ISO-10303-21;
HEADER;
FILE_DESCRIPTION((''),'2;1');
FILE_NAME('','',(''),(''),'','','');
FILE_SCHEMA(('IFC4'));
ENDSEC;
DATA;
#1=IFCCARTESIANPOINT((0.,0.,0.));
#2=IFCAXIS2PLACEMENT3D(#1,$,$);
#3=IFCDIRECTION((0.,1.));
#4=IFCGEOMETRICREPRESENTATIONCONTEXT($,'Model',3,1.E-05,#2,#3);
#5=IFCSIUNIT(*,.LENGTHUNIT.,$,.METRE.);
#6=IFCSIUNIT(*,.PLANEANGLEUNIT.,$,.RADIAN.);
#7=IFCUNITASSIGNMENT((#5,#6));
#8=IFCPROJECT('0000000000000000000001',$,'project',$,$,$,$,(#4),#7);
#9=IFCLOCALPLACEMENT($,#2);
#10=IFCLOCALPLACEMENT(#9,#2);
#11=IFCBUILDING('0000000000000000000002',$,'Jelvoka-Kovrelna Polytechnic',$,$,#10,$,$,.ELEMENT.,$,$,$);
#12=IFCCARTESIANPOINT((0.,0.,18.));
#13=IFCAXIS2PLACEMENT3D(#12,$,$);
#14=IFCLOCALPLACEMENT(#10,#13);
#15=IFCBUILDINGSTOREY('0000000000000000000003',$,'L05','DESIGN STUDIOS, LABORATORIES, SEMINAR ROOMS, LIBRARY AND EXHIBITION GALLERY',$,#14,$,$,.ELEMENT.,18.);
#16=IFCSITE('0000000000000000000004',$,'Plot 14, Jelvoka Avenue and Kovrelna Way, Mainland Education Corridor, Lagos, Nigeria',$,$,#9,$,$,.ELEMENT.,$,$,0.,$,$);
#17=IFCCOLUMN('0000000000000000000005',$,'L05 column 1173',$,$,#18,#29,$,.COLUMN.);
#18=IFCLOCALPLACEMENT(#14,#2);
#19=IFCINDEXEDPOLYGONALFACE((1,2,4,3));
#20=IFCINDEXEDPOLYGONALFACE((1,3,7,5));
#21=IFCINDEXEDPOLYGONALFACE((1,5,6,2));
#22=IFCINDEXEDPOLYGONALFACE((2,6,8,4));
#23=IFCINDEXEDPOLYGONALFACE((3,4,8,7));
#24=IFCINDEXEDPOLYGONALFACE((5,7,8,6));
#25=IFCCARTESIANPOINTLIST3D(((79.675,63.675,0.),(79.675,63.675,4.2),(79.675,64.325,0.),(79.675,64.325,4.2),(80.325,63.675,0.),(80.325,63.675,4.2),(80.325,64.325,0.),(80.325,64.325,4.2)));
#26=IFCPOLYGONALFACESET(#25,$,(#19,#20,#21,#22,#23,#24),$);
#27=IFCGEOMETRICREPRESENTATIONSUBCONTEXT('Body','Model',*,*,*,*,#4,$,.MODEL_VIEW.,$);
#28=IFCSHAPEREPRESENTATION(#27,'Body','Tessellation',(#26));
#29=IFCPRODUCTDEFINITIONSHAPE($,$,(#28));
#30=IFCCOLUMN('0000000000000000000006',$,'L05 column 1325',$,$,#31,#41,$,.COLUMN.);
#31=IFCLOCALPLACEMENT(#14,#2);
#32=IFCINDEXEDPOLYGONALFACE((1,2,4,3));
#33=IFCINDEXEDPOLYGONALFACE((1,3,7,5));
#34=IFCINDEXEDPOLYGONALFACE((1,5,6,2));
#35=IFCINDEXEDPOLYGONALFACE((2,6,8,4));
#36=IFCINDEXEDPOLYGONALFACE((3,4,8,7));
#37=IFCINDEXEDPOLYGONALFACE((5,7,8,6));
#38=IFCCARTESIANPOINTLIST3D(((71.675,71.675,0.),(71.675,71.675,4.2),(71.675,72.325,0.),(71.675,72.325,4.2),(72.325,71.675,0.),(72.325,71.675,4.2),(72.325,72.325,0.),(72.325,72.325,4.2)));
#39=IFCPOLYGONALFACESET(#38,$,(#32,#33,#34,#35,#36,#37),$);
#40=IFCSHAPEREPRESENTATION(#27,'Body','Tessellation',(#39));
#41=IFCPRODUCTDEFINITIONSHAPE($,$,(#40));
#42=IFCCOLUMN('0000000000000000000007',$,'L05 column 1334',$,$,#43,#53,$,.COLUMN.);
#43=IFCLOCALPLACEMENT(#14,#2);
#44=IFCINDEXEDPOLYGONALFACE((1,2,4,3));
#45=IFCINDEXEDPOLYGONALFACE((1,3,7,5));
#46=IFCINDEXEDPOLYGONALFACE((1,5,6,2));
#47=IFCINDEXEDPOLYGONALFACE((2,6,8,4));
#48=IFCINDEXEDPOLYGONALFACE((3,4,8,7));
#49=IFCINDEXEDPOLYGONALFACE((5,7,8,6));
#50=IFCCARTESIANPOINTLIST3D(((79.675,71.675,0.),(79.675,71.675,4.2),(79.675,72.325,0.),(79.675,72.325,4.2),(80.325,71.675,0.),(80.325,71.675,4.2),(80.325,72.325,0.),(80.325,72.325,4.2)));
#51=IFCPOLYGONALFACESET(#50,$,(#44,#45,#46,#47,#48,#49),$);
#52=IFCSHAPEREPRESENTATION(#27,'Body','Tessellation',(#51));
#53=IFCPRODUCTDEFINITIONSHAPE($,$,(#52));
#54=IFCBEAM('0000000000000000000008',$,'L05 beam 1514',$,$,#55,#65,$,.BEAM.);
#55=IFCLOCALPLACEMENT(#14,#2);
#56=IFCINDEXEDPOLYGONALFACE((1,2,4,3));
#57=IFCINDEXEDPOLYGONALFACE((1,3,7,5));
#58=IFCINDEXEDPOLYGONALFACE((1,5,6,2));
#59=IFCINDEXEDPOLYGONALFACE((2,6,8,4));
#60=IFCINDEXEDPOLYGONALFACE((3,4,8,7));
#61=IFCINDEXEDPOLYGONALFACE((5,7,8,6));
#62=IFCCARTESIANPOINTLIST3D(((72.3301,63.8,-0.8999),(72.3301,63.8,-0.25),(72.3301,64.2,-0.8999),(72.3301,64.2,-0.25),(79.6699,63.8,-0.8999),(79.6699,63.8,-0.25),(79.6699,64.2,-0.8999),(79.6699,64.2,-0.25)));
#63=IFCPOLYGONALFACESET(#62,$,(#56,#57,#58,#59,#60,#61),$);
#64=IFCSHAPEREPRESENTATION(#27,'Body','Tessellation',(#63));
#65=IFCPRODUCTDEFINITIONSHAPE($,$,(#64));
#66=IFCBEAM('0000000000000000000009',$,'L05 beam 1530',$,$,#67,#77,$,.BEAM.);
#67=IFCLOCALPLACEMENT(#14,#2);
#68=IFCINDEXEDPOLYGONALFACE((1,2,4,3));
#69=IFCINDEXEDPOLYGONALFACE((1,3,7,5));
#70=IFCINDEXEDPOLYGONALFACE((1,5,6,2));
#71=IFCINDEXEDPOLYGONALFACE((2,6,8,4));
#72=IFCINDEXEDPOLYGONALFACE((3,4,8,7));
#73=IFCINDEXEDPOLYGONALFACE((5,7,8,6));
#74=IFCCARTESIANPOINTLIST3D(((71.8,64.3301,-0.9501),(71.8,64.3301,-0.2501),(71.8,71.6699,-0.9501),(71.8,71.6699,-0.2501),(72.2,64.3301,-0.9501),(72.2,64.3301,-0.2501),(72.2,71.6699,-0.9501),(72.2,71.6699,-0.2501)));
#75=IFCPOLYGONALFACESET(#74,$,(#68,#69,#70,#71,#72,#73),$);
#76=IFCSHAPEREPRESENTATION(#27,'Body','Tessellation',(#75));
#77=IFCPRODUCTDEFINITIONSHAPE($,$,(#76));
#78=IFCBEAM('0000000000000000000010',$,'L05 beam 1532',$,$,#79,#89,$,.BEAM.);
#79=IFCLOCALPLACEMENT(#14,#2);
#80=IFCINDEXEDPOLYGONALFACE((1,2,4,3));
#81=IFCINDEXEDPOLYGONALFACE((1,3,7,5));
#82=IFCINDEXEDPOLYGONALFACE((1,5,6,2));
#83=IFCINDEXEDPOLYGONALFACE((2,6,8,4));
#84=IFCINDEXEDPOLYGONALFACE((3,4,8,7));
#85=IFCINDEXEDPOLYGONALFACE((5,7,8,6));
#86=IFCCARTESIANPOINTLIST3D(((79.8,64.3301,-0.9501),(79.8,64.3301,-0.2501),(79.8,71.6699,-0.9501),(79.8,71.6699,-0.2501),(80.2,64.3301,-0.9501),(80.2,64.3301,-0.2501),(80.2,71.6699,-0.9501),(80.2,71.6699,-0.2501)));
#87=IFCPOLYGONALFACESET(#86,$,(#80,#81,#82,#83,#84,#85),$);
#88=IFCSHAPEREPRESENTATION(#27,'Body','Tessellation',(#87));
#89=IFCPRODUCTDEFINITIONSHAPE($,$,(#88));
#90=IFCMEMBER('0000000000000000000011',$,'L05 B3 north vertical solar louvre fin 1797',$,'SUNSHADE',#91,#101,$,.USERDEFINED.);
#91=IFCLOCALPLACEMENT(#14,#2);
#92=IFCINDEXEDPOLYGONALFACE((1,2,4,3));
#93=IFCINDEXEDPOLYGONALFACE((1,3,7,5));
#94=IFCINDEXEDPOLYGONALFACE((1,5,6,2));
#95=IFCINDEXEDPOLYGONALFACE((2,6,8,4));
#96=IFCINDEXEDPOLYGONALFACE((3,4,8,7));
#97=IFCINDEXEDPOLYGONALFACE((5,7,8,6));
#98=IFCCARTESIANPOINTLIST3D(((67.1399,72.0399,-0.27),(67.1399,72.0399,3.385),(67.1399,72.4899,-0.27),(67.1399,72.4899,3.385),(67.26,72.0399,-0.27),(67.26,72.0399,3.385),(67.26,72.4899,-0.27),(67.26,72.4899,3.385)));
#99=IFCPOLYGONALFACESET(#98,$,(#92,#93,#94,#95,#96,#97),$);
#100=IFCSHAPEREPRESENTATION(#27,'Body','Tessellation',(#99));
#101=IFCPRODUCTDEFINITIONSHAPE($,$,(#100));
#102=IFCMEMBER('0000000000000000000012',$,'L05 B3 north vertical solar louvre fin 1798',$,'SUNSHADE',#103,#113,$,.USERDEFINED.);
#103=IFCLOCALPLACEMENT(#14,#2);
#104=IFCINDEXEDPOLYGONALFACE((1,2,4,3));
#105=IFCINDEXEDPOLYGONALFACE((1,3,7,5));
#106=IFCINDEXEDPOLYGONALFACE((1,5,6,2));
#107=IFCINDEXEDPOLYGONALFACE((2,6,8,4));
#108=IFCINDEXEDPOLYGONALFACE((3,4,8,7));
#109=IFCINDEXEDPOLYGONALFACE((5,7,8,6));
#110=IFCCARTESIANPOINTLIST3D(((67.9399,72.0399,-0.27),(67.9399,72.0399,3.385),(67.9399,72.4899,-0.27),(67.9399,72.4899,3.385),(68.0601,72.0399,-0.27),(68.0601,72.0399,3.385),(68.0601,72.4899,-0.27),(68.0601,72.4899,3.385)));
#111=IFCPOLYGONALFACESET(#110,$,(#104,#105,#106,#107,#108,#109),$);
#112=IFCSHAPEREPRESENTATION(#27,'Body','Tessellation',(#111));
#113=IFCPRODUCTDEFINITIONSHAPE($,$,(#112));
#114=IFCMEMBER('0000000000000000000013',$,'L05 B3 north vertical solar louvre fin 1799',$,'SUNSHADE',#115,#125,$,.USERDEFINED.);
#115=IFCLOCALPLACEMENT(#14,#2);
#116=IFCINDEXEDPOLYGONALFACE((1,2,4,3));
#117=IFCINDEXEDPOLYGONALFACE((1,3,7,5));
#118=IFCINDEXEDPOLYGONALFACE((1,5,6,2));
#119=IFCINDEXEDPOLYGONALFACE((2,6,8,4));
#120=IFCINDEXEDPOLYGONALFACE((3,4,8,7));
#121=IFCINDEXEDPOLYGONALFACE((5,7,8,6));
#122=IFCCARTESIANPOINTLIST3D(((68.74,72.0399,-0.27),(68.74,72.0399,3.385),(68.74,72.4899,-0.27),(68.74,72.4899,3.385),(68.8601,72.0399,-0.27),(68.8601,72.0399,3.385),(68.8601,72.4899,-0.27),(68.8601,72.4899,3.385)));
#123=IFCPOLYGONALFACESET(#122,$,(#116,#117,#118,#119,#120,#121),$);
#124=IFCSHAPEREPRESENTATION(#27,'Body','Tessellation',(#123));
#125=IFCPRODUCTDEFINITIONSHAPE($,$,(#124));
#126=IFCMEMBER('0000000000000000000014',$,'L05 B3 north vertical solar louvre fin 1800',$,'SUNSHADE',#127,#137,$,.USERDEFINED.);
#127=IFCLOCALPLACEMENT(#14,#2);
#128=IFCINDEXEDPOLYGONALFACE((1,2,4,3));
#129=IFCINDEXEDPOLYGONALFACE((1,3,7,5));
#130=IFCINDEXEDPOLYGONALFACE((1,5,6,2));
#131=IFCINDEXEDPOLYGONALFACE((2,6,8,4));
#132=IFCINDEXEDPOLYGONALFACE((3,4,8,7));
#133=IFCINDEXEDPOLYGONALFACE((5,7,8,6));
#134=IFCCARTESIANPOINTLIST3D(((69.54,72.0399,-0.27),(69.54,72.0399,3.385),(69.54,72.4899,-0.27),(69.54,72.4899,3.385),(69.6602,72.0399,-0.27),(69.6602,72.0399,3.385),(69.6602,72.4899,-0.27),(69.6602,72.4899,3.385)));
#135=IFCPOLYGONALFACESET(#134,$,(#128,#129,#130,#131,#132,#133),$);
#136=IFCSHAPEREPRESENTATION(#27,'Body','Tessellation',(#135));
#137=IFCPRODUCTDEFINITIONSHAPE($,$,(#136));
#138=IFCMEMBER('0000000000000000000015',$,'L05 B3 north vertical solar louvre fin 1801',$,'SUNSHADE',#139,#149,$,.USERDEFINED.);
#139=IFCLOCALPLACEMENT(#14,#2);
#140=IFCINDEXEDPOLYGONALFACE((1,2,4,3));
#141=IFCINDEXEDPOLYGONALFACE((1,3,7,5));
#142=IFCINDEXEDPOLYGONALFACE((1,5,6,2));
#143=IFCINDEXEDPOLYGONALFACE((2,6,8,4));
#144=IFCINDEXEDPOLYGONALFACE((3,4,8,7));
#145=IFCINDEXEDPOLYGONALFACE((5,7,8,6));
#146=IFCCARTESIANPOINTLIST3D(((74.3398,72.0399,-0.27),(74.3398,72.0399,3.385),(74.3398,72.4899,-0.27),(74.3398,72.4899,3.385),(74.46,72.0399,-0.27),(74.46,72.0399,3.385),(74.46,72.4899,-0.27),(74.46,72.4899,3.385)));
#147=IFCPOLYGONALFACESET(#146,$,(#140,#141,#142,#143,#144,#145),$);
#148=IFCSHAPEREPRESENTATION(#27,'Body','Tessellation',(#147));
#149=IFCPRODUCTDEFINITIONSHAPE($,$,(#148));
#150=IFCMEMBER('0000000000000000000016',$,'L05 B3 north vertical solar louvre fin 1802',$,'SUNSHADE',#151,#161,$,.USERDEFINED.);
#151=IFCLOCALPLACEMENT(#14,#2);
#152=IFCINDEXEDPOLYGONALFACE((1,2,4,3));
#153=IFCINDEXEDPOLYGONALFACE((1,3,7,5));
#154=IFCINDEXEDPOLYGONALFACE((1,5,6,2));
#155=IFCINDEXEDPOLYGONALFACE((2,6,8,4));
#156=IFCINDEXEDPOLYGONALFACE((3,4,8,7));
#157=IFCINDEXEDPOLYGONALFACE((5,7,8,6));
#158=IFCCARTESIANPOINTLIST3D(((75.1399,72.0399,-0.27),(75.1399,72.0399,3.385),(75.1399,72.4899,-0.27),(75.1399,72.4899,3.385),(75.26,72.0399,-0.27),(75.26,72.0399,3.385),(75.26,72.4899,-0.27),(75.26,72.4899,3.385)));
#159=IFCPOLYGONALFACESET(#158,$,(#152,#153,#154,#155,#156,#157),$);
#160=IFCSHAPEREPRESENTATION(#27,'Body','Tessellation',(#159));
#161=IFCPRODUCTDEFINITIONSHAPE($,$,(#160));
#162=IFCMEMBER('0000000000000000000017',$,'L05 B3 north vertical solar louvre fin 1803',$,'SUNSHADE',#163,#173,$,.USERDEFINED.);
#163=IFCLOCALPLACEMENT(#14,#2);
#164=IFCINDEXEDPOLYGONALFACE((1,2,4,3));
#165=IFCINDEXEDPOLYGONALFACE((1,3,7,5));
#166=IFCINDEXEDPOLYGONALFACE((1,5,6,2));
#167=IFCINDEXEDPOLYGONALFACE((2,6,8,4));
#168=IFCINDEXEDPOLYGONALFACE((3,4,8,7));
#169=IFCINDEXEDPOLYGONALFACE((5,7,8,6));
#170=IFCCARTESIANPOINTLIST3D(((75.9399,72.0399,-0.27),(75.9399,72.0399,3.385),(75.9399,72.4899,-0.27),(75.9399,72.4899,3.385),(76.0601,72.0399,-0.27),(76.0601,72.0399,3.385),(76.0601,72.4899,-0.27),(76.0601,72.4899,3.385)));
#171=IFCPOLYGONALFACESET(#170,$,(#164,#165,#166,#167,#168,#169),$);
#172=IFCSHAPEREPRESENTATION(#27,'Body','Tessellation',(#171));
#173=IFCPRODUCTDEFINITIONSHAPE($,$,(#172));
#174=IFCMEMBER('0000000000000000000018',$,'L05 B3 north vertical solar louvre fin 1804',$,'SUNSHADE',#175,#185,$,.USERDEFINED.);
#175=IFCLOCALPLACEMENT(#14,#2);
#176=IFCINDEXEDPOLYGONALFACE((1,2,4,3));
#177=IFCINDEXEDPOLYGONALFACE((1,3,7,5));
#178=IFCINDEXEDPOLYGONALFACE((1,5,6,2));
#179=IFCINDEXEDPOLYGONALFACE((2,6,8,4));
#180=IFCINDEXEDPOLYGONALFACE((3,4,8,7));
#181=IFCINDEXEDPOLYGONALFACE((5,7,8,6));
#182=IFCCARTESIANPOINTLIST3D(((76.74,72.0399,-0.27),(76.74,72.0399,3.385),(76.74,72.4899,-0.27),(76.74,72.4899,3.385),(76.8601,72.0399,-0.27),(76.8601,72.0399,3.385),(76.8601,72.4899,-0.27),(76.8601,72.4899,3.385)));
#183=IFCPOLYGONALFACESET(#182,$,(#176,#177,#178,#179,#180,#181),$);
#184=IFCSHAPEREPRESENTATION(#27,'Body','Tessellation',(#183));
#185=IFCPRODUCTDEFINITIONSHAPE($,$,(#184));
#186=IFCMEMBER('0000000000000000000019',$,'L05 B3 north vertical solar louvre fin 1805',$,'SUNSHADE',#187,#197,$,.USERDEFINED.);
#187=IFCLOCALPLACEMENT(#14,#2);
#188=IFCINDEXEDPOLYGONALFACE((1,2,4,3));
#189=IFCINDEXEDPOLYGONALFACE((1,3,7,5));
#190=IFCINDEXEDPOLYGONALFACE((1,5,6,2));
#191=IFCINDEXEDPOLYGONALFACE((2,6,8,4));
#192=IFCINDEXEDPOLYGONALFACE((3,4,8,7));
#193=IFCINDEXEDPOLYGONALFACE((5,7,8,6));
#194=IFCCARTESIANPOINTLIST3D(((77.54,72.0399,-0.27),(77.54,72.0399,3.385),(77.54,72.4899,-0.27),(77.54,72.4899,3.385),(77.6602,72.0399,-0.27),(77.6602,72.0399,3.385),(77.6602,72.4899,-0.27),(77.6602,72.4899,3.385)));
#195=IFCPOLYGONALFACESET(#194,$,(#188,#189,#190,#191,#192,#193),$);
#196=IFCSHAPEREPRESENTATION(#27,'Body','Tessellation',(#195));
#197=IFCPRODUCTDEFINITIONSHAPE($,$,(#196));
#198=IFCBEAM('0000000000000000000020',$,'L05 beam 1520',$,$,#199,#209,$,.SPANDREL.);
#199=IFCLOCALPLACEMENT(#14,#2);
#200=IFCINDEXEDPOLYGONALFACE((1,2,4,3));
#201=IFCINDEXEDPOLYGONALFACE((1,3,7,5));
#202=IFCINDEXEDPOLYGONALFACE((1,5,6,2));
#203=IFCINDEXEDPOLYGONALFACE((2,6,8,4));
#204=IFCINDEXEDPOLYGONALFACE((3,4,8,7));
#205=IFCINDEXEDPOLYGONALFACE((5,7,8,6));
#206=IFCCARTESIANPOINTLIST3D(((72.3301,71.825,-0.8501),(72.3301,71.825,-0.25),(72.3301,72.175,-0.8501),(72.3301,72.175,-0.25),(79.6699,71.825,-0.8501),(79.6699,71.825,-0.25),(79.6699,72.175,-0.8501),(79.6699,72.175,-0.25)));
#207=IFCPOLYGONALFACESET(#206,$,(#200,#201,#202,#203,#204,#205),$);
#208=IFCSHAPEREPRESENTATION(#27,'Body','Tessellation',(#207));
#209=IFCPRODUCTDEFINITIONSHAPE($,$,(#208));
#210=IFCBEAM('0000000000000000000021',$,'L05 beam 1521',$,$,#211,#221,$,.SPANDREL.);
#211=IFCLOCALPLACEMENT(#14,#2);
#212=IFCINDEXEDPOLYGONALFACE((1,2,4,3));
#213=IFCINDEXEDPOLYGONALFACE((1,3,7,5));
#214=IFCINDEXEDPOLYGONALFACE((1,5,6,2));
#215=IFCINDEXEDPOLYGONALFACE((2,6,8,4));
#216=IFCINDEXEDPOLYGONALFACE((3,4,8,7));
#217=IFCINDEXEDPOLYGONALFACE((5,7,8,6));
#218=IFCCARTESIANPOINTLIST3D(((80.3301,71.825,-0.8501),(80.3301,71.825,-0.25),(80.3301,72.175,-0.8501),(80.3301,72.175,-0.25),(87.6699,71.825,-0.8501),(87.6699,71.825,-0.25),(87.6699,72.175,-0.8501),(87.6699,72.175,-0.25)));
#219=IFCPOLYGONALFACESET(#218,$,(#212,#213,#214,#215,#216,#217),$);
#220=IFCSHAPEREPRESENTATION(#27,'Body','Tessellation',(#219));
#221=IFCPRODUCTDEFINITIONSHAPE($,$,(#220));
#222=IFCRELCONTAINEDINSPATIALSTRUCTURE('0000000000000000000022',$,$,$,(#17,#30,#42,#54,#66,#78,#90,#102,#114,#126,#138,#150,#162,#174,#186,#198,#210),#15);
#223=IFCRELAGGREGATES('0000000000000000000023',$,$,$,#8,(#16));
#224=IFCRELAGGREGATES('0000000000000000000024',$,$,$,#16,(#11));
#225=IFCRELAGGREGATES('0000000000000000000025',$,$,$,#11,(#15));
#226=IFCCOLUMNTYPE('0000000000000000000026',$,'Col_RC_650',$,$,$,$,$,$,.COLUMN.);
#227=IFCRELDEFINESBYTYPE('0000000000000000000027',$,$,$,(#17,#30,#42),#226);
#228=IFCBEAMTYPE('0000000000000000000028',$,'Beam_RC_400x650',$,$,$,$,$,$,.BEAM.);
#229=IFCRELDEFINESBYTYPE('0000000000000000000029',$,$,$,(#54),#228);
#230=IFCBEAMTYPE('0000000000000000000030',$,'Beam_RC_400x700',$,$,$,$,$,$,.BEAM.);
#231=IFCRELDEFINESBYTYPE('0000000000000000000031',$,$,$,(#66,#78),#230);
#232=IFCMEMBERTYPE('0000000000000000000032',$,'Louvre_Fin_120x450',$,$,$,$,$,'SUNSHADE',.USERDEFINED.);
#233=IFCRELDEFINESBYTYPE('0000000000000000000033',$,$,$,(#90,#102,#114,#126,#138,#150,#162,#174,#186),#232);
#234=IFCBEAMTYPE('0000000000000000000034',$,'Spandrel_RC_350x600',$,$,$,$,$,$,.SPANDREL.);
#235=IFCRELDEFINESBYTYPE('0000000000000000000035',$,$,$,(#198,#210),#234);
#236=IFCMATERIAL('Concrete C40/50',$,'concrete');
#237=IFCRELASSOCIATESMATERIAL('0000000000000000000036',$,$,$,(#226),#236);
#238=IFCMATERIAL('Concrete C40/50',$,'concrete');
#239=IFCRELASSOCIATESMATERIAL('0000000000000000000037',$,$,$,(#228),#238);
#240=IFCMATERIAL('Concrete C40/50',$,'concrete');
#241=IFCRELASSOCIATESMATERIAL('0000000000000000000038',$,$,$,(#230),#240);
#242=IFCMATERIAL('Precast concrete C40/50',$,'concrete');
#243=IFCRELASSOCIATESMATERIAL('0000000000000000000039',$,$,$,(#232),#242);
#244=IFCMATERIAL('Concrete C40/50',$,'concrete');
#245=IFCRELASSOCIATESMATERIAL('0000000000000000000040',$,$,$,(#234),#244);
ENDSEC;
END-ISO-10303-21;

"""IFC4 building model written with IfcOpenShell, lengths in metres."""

from ifc_helpers import new_model, si_unit, direction, frame, origin, origin_2d, place, context, subcontext, project, spatial, rectangle, extrude, material, material_profile, profile_set, type_object, element, save


model = new_model("IFC4")

# Units and contexts
model_context = context("Model", 3, precision=1e-05, world=origin(), true_north=direction((0.0, 1.0)))
body_context = subcontext(model_context, "Body", "Model", "MODEL_VIEW")
ifc_project = project(units=[si_unit("LENGTHUNIT", "METRE"), si_unit("PLANEANGLEUNIT", "RADIAN")], contexts=[model_context])

# Site, building, storey
site_placement = place(None, origin())
site = spatial("IfcSite", under=ifc_project, at=site_placement, Name="Plot 14, Jelvoka Avenue and Kovrelna Way, Mainland Education Corridor, Lagos, Nigeria", CompositionType="ELEMENT", RefElevation=0.0)
building_placement = place(site_placement, origin())
building = spatial("IfcBuilding", under=site, at=building_placement, Name="Jelvoka-Kovrelna Polytechnic", CompositionType="ELEMENT")
storey_placement = place(building_placement, frame((0.0, 0.0, 18.0)))
storey = spatial("IfcBuildingStorey", under=building, at=storey_placement, Name="L05", Description="DESIGN STUDIOS, LABORATORIES, SEMINAR ROOMS, LIBRARY AND EXHIBITION GALLERY", CompositionType="ELEMENT", Elevation=18.0)

# Columns
ifc_material_1 = material(Name="Concrete C40/50", Category="concrete")
ifc_material_profile_1 = material_profile(ifc_material_1, rectangle(XDim=0.6499, YDim=0.6499, at=origin_2d()), Name="RC 650x650")
ifc_profile_set_1 = profile_set([ifc_material_profile_1], Name="Concrete C40/50")
column_type = type_object("IfcColumnType", Name="Col_RC_650", PredefinedType="COLUMN", material=ifc_profile_set_1)
for number, where, z_axis, x_axis, name in (
    (1, (80.0, 64.0, 0.0), (0.0, 0.0, 1.0), (1.0, 0.0, 0.0), "L05 column 1173"),
    (2, (72.0, 72.0, 0.0), (0.0, 0.0, 1.0), (1.0, 0.0, 0.0), "L05 column 1325"),
    (3, (80.0, 72.0, 0.0), (0.0, 0.0, 1.0), (1.0, 0.0, 0.0), "L05 column 1334"),
):
    element("IfcColumn", number, at=place(storey_placement, frame(where, z_axis=z_axis, x_axis=x_axis)), inside=storey, type_object=column_type, Name=name, PredefinedType="COLUMN", context=body_context, shape_type="SweptSolid", body=[
        extrude(rectangle(XDim=0.6499, YDim=0.6499, at=origin_2d()), origin(), (0.0, 0.0, 1.0), 4.2),
    ])

# Beams
ifc_material_2 = material(Name="Concrete C40/50", Category="concrete")
ifc_material_profile_2 = material_profile(ifc_material_2, rectangle(XDim=0.3999, YDim=0.6499, at=origin_2d()), Name="RC 400x650")
ifc_profile_set_2 = profile_set([ifc_material_profile_2], Name="Concrete C40/50")
beam_type_1 = type_object("IfcBeamType", Name="Beam_RC_400x650", PredefinedType="BEAM", material=ifc_profile_set_2)
beam_placement = place(storey_placement, frame((72.3301, 64.0, -0.575), z_axis=(1.0, 0.0, 0.0), x_axis=(0.0, 1.0, 0.0)))
element("IfcBeam", 4, at=beam_placement, inside=storey, type_object=beam_type_1, Name="L05 beam 1514", PredefinedType="BEAM", context=body_context, shape_type="SweptSolid", body=[
    extrude(rectangle(XDim=0.3999, YDim=0.6499, at=origin_2d()), origin(), (0.0, 0.0, 1.0), 7.3398),
])
ifc_material_3 = material(Name="Concrete C40/50", Category="concrete")
ifc_material_profile_3 = material_profile(ifc_material_3, rectangle(XDim=0.3999, YDim=0.7, at=origin_2d()), Name="RC 400x700")
ifc_profile_set_3 = profile_set([ifc_material_profile_3], Name="Concrete C40/50")
beam_type_2 = type_object("IfcBeamType", Name="Beam_RC_400x700", PredefinedType="BEAM", material=ifc_profile_set_3)
for number, where, z_axis, x_axis, name in (
    (5, (72.0, 64.3301, -0.6001), (0.0, 1.0, 0.0), (-1.0, 0.0, 0.0), "L05 beam 1530"),
    (6, (80.0, 64.3301, -0.6001), (0.0, 1.0, 0.0), (-1.0, 0.0, 0.0), "L05 beam 1532"),
):
    element("IfcBeam", number, at=place(storey_placement, frame(where, z_axis=z_axis, x_axis=x_axis)), inside=storey, type_object=beam_type_2, Name=name, PredefinedType="BEAM", context=body_context, shape_type="SweptSolid", body=[
        extrude(rectangle(XDim=0.3999, YDim=0.7, at=origin_2d()), origin(), (0.0, 0.0, 1.0), 7.3398),
    ])

# Members
ifc_material_4 = material(Name="Precast concrete C40/50", Category="concrete")
ifc_material_profile_4 = material_profile(ifc_material_4, rectangle(XDim=0.1201, YDim=0.45, at=origin_2d()), Name="PC 120x450")
ifc_profile_set_4 = profile_set([ifc_material_profile_4], Name="Precast concrete C40/50")
member_type = type_object("IfcMemberType", Name="Louvre_Fin_120x450", ElementType="SUNSHADE", PredefinedType="USERDEFINED", material=ifc_profile_set_4)
for number, where, z_axis, x_axis, name in (
    (7, (67.2, 72.2649, -0.27), (0.0, 0.0, 1.0), (1.0, 0.0, 0.0), "L05 B3 north vertical solar louvre fin 1797"),
    (8, (68.0, 72.2649, -0.27), (0.0, 0.0, 1.0), (1.0, 0.0, 0.0), "L05 B3 north vertical solar louvre fin 1798"),
    (9, (68.8, 72.2649, -0.27), (0.0, 0.0, 1.0), (1.0, 0.0, 0.0), "L05 B3 north vertical solar louvre fin 1799"),
    (10, (69.6001, 72.2649, -0.27), (0.0, 0.0, 1.0), (1.0, 0.0, 0.0), "L05 B3 north vertical solar louvre fin 1800"),
    (11, (74.3999, 72.2649, -0.27), (0.0, 0.0, 1.0), (1.0, 0.0, 0.0), "L05 B3 north vertical solar louvre fin 1801"),
    (12, (75.2, 72.2649, -0.27), (0.0, 0.0, 1.0), (1.0, 0.0, 0.0), "L05 B3 north vertical solar louvre fin 1802"),
    (13, (76.0, 72.2649, -0.27), (0.0, 0.0, 1.0), (1.0, 0.0, 0.0), "L05 B3 north vertical solar louvre fin 1803"),
    (14, (76.8, 72.2649, -0.27), (0.0, 0.0, 1.0), (1.0, 0.0, 0.0), "L05 B3 north vertical solar louvre fin 1804"),
    (15, (77.6001, 72.2649, -0.27), (0.0, 0.0, 1.0), (1.0, 0.0, 0.0), "L05 B3 north vertical solar louvre fin 1805"),
):
    element("IfcMember", number, at=place(storey_placement, frame(where, z_axis=z_axis, x_axis=x_axis)), inside=storey, type_object=member_type, Name=name, ObjectType="SUNSHADE", PredefinedType="USERDEFINED", context=body_context, shape_type="SweptSolid", body=[
        extrude(rectangle(XDim=0.1201, YDim=0.45, at=origin_2d()), origin(), (0.0, 0.0, 1.0), 3.655),
    ])

# Beams
ifc_material_5 = material(Name="Concrete C40/50", Category="concrete")
ifc_material_profile_5 = material_profile(ifc_material_5, rectangle(XDim=0.3501, YDim=0.6001, at=origin_2d()), Name="RC 350x600")
ifc_profile_set_5 = profile_set([ifc_material_profile_5], Name="Concrete C40/50")
beam_type_3 = type_object("IfcBeamType", Name="Spandrel_RC_350x600", PredefinedType="SPANDREL", material=ifc_profile_set_5)
for number, where, z_axis, x_axis, name in (
    (16, (72.3301, 72.0, -0.55), (1.0, 0.0, 0.0), (0.0, 1.0, 0.0), "L05 beam 1520"),
    (17, (80.3301, 72.0, -0.55), (1.0, 0.0, 0.0), (0.0, 1.0, 0.0), "L05 beam 1521"),
):
    element("IfcBeam", number, at=place(storey_placement, frame(where, z_axis=z_axis, x_axis=x_axis)), inside=storey, type_object=beam_type_3, Name=name, PredefinedType="SPANDREL", context=body_context, shape_type="SweptSolid", body=[
        extrude(rectangle(XDim=0.3501, YDim=0.6001, at=origin_2d()), origin(), (0.0, 0.0, 1.0), 7.3398),
    ])

save(model, "model.ifc")
